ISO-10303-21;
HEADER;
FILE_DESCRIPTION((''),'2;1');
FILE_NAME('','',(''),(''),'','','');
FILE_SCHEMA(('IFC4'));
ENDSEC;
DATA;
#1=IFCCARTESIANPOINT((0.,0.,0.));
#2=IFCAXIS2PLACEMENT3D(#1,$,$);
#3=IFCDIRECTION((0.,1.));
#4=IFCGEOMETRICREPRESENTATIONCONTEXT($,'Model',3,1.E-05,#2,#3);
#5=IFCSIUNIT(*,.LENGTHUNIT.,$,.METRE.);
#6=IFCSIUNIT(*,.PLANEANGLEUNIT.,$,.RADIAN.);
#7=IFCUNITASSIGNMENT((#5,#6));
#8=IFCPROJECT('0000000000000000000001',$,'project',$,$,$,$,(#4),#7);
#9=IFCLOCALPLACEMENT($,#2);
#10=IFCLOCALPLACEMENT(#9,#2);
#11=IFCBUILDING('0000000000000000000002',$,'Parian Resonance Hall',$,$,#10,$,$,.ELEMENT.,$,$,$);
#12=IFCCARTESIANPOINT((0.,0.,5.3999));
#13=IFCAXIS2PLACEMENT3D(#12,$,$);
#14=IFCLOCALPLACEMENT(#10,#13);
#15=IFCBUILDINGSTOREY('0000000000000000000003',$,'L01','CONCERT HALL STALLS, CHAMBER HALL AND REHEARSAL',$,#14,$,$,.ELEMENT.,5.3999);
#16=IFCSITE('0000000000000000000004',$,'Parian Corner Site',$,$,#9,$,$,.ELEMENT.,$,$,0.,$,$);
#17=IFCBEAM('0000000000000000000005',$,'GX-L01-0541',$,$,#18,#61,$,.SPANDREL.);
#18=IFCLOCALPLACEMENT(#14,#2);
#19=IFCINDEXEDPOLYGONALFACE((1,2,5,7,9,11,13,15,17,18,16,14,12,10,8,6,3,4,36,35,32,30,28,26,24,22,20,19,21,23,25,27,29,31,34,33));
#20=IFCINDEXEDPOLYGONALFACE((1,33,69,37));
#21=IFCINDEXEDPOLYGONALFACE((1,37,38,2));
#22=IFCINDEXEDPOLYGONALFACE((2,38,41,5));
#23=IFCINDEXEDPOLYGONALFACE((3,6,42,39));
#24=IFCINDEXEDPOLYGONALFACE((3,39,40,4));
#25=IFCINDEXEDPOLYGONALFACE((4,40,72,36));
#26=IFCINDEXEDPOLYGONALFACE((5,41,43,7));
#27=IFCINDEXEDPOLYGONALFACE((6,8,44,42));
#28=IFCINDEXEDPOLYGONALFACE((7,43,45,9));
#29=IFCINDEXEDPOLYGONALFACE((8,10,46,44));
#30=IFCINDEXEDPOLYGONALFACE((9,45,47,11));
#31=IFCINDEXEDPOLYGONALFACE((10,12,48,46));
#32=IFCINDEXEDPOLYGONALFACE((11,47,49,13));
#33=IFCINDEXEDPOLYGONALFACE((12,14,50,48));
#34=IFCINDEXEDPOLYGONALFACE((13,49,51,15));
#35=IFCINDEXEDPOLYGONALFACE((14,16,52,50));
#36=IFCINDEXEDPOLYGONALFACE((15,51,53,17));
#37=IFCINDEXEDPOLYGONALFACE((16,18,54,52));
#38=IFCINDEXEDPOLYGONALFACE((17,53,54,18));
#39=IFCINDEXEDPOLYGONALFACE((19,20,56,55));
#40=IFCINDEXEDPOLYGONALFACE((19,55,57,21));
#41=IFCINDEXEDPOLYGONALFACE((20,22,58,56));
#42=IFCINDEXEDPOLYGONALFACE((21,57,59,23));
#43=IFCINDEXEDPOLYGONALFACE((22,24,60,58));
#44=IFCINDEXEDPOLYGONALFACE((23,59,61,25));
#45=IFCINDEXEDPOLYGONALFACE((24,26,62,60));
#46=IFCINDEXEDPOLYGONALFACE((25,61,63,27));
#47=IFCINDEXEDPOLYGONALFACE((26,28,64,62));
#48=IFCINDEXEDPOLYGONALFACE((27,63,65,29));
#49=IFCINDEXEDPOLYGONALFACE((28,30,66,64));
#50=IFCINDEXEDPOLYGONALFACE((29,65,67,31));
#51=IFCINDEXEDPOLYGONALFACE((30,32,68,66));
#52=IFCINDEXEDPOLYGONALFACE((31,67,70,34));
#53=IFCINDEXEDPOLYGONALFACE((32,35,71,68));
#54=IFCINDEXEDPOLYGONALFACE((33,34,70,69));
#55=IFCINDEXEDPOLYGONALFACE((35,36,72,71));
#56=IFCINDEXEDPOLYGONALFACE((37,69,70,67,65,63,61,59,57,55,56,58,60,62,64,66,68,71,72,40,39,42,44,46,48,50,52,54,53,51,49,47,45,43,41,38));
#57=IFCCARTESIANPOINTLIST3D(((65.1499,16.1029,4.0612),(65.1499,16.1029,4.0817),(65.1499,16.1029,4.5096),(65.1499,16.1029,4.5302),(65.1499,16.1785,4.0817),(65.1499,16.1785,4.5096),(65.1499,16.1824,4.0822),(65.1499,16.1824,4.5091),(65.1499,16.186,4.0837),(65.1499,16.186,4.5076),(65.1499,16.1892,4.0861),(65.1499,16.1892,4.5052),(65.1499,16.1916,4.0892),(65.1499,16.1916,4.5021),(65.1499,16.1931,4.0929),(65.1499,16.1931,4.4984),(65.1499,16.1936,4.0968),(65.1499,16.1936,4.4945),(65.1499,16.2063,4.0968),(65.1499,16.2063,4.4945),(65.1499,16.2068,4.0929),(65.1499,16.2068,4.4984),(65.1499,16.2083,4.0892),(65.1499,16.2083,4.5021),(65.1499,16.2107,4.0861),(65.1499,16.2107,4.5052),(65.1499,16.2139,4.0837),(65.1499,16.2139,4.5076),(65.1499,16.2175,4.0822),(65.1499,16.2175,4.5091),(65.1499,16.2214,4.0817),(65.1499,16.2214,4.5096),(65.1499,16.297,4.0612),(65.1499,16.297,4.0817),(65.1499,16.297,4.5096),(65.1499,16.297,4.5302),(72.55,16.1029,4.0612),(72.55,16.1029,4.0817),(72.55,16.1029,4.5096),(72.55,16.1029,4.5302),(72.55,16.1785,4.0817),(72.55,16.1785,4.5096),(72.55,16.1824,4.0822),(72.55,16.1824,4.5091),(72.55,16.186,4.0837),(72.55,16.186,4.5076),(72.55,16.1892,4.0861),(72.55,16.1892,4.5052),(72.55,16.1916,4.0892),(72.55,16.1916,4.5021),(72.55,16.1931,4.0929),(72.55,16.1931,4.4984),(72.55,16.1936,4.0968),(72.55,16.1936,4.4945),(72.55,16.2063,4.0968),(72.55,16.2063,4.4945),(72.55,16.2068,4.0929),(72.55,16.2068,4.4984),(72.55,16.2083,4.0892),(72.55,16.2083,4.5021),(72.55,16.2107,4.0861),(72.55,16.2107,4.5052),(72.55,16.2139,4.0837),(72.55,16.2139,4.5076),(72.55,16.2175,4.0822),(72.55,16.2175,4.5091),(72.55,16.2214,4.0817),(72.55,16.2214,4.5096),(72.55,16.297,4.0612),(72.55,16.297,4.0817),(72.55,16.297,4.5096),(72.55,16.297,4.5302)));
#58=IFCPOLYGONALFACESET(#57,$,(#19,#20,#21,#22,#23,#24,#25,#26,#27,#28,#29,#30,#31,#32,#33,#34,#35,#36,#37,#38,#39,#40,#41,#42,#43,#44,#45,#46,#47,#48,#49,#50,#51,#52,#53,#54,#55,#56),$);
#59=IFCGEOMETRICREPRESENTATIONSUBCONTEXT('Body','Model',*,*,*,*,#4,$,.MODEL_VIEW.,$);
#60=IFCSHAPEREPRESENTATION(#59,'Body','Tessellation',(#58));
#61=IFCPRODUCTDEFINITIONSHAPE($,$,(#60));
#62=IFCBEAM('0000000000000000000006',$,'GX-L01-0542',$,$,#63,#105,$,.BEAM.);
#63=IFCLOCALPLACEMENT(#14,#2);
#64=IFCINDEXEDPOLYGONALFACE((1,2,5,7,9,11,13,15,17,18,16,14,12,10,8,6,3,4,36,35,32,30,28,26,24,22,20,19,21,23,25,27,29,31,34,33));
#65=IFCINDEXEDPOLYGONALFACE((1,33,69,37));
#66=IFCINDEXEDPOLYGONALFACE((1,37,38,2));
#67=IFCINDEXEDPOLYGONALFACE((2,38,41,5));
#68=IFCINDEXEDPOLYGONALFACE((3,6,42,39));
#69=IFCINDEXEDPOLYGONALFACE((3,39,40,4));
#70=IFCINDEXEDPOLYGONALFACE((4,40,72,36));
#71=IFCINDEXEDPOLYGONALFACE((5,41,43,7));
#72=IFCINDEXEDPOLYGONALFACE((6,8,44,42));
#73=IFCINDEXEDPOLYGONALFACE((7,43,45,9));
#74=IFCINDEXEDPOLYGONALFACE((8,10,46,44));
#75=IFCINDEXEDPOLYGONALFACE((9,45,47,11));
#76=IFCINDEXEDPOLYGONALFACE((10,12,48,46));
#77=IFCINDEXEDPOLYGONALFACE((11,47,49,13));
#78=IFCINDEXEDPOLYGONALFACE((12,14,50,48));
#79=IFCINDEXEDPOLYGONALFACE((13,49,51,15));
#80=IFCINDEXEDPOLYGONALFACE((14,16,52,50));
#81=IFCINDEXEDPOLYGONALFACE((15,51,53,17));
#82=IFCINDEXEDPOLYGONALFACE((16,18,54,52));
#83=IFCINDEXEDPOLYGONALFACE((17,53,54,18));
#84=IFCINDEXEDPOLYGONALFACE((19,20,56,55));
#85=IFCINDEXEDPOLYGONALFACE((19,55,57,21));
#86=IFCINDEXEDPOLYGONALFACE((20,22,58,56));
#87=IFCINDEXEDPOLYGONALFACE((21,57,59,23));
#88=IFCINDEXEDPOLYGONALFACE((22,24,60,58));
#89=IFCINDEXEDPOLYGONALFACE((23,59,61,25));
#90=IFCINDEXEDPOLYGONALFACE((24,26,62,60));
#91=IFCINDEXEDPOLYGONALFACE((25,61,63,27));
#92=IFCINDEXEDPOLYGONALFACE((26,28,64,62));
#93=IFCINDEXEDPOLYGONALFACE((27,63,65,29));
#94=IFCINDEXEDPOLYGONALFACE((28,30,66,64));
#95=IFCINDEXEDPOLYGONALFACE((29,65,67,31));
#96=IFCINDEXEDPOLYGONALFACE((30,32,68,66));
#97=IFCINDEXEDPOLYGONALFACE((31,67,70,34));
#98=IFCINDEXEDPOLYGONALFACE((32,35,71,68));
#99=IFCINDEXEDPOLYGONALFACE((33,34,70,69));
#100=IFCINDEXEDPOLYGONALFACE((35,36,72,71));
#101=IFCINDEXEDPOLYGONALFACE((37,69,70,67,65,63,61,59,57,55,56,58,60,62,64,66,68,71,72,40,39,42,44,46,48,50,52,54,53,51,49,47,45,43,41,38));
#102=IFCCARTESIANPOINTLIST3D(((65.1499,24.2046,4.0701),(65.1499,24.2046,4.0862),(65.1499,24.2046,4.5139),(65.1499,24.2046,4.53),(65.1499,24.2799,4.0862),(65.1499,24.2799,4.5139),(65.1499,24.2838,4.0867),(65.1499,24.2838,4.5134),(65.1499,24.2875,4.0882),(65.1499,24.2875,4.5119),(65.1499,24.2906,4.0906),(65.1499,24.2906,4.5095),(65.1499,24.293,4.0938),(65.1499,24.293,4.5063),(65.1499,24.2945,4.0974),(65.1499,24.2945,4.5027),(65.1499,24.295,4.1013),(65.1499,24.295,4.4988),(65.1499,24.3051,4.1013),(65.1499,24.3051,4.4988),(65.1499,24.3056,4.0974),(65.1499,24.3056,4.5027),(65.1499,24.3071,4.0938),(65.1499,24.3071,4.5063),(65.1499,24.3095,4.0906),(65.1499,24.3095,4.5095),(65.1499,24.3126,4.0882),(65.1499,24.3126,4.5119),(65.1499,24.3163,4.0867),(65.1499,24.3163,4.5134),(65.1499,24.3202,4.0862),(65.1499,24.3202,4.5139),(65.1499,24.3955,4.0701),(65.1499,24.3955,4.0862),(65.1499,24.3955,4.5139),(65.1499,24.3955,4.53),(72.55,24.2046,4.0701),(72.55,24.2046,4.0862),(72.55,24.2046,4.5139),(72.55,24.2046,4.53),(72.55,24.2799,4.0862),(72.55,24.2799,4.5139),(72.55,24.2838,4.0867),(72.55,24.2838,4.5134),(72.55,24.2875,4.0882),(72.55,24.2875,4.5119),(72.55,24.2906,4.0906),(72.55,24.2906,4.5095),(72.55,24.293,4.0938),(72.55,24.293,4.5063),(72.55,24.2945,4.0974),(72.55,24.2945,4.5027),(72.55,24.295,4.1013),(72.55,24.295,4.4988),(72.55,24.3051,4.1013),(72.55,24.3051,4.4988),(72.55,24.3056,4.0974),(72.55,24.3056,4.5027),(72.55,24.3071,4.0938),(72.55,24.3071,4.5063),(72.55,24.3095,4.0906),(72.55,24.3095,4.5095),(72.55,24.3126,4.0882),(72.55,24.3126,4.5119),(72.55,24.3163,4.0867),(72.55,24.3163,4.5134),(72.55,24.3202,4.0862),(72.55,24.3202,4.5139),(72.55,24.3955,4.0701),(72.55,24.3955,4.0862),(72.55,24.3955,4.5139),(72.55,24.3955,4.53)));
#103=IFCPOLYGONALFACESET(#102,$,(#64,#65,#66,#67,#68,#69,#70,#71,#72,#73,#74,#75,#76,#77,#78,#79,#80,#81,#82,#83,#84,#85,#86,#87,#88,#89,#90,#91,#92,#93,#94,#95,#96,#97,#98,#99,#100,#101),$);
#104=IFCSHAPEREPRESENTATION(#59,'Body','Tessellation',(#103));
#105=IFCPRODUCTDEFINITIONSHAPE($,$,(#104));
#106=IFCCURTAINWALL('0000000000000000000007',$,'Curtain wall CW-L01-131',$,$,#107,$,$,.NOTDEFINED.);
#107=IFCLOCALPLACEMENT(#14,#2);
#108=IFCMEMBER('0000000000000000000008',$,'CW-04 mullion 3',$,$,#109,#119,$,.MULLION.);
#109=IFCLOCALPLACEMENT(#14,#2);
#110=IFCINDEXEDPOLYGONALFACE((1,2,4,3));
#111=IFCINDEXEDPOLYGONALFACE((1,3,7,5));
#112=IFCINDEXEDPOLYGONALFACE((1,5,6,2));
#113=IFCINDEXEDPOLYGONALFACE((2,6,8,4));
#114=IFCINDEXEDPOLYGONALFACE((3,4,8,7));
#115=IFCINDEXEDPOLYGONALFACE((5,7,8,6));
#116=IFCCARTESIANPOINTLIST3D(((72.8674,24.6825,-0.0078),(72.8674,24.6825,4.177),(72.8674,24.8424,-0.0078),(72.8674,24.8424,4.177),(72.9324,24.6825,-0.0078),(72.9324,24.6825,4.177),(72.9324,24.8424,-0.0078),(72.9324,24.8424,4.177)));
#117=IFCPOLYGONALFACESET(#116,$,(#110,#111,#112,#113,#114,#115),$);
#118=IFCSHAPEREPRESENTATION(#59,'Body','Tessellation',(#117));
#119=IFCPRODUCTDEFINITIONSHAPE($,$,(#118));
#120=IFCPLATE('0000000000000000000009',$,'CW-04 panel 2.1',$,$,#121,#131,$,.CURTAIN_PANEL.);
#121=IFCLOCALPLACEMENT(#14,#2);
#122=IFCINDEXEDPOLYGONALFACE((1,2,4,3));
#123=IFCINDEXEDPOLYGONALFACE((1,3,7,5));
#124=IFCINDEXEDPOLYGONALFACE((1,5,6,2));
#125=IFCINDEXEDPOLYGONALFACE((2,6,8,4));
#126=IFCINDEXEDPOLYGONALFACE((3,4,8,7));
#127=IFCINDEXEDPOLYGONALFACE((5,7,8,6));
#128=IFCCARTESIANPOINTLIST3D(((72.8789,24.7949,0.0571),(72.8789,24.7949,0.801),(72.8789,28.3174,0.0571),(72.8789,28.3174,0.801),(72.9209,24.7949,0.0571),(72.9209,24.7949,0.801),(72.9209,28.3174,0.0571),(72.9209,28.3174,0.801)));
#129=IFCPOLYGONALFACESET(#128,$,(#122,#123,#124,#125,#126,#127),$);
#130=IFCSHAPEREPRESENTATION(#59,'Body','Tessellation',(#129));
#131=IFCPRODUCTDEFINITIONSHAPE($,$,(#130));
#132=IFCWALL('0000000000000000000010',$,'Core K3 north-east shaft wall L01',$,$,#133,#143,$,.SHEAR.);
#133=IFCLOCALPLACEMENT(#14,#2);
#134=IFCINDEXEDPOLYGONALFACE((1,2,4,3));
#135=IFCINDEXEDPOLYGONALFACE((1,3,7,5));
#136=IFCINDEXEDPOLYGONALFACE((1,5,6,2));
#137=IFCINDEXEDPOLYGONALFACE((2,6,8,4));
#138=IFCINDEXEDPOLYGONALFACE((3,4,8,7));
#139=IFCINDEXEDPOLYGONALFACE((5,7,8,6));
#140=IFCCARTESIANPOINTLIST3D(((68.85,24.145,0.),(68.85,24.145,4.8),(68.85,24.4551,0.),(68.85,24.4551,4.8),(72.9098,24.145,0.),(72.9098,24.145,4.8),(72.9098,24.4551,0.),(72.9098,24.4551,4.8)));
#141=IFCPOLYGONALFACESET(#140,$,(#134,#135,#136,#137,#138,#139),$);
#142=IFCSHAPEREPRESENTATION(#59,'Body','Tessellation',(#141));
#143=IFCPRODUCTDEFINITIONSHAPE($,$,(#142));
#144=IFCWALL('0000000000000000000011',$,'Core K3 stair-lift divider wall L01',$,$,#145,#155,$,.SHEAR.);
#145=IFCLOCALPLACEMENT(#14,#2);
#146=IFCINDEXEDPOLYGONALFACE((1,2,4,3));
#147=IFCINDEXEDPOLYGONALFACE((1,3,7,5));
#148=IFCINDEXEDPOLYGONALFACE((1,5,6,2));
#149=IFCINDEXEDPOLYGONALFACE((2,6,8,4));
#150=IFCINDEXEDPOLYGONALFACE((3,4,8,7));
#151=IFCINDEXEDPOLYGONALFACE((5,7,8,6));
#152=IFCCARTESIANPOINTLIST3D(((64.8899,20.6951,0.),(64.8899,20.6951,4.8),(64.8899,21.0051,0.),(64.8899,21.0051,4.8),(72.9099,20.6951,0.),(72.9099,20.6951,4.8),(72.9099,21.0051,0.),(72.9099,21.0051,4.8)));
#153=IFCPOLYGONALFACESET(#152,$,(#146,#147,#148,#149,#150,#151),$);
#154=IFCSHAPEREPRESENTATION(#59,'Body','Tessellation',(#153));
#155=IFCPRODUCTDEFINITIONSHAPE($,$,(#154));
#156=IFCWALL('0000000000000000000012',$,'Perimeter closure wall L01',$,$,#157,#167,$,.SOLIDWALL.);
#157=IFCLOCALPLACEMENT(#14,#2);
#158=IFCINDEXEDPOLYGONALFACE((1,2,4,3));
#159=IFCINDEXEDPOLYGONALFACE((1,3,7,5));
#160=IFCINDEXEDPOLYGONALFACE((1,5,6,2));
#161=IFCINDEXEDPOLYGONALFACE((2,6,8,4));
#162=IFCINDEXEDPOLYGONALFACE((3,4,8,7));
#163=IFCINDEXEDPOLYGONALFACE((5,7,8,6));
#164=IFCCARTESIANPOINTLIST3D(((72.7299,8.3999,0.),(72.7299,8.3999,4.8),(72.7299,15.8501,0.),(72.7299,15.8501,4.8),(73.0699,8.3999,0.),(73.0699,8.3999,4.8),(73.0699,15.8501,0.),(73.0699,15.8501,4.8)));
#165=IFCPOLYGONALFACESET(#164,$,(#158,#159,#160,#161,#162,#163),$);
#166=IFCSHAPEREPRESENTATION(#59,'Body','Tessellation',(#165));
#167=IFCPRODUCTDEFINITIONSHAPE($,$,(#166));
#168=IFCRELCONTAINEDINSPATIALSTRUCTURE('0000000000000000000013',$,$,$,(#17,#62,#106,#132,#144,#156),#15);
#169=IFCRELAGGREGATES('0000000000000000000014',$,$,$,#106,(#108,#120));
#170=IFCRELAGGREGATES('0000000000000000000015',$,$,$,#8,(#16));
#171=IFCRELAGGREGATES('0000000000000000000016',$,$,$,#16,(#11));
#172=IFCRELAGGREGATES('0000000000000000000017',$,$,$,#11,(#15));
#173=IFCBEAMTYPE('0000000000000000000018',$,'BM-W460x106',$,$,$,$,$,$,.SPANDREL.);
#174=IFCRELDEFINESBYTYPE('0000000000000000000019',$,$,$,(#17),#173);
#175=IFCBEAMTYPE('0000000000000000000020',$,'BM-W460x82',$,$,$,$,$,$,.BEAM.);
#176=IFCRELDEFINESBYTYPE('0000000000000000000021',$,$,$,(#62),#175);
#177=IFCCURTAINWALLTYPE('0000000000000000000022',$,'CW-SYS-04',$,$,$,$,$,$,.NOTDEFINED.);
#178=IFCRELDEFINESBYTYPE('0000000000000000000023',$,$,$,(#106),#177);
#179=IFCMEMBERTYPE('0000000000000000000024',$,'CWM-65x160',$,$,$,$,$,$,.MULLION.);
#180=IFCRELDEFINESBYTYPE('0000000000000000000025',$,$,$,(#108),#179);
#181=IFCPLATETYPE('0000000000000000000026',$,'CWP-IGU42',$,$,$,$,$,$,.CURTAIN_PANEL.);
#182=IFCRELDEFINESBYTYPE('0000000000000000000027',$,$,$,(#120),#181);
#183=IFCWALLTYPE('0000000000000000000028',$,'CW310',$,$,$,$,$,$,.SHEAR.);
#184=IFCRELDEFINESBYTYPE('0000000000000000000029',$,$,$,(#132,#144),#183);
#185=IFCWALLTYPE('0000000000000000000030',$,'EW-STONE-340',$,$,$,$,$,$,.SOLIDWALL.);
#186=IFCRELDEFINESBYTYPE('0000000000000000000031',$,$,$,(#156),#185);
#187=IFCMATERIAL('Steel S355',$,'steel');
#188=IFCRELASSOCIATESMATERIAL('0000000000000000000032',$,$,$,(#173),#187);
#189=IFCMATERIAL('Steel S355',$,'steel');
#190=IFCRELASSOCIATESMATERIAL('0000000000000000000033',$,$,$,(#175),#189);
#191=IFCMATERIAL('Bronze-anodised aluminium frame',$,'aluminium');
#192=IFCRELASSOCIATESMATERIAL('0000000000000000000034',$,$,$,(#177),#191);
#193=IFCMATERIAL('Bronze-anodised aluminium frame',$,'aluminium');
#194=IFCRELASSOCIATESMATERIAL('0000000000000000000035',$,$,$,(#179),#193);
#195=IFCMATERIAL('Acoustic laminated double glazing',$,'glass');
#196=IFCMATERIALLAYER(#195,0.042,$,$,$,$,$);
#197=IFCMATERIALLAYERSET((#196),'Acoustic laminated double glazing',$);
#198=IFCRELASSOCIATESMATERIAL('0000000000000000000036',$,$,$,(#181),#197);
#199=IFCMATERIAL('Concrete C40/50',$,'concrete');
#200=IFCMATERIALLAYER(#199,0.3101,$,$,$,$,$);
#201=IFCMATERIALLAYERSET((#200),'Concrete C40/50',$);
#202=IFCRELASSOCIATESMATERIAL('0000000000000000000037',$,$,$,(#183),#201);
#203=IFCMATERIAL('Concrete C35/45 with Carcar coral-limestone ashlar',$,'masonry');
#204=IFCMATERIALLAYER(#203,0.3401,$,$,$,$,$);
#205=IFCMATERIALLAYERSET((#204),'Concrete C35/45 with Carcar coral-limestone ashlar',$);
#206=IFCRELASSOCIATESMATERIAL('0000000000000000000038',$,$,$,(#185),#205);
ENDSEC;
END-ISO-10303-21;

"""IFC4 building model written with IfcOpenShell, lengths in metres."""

from ifc_helpers import new_model, si_unit, direction, frame, frame_2d, origin, origin_2d, place, context, subcontext, project, spatial, rectangle, i_section, extrude, material, layer, layer_set, material_profile, profile_set, type_object, element, aggregate, save


model = new_model("IFC4")

# Units and contexts
model_context = context("Model", 3, precision=1e-05, world=origin(), true_north=direction((0.0, 1.0)))
body_context = subcontext(model_context, "Body", "Model", "MODEL_VIEW")
ifc_project = project(units=[si_unit("LENGTHUNIT", "METRE"), si_unit("PLANEANGLEUNIT", "RADIAN")], contexts=[model_context])

# Site, building, storey
site_placement = place(None, origin())
site = spatial("IfcSite", under=ifc_project, at=site_placement, Name="Parian Corner Site", CompositionType="ELEMENT", RefElevation=0.0)
building_placement = place(site_placement, origin())
building = spatial("IfcBuilding", under=site, at=building_placement, Name="Parian Resonance Hall", CompositionType="ELEMENT")
storey_placement = place(building_placement, frame((0.0, 0.0, 5.3999)))
storey = spatial("IfcBuildingStorey", under=building, at=storey_placement, Name="L01", Description="CONCERT HALL STALLS, CHAMBER HALL AND REHEARSAL", CompositionType="ELEMENT", Elevation=5.3999)

# Beams
ifc_material_1 = material(Name="Steel S355", Category="steel")
ifc_material_profile_1 = material_profile(ifc_material_1, i_section(OverallWidth=0.1941, OverallDepth=0.469, WebThickness=0.0127, FlangeThickness=0.0205, FilletRadius=0.0151, at=origin_2d()), Name="W460x106")
ifc_profile_set_1 = profile_set([ifc_material_profile_1], Name="Steel S355")
beam_type_1 = type_object("IfcBeamType", Name="BM-W460x106", PredefinedType="SPANDREL", material=ifc_profile_set_1)
beam_1_placement = place(storey_placement, frame((65.1499, 16.2, 4.2957), z_axis=(1.0, 0.0, 0.0), x_axis=(0.0, 1.0, 0.0)))
element("IfcBeam", 1, at=beam_1_placement, inside=storey, type_object=beam_type_1, Name="GX-L01-0541", PredefinedType="SPANDREL", context=body_context, shape_type="SweptSolid", body=[
    extrude(i_section(OverallWidth=0.1941, OverallDepth=0.469, WebThickness=0.0127, FlangeThickness=0.0205, FilletRadius=0.0151, at=origin_2d()), origin(), (0.0, 0.0, 1.0), 7.4001),
])
ifc_material_2 = material(Name="Steel S355", Category="steel")
ifc_material_profile_2 = material_profile(ifc_material_2, i_section(OverallWidth=0.1909, OverallDepth=0.46, WebThickness=0.01, FlangeThickness=0.0161, FilletRadius=0.0151, at=origin_2d()), Name="W460x82")
ifc_profile_set_2 = profile_set([ifc_material_profile_2], Name="Steel S355")
beam_type_2 = type_object("IfcBeamType", Name="BM-W460x82", PredefinedType="BEAM", material=ifc_profile_set_2)
beam_2_placement = place(storey_placement, frame((65.1499, 24.3, 4.3), z_axis=(1.0, 0.0, 0.0), x_axis=(0.0, 1.0, 0.0)))
element("IfcBeam", 2, at=beam_2_placement, inside=storey, type_object=beam_type_2, Name="GX-L01-0542", PredefinedType="BEAM", context=body_context, shape_type="SweptSolid", body=[
    extrude(i_section(OverallWidth=0.1909, OverallDepth=0.46, WebThickness=0.01, FlangeThickness=0.0161, FilletRadius=0.0151, at=origin_2d()), origin(), (0.0, 0.0, 1.0), 7.4001),
])

# Curtain wall, member, plate
ifc_material_3 = material(Name="Bronze-anodised aluminium frame", Category="aluminium")
curtain_wall_type = type_object("IfcCurtainWallType", Name="CW-SYS-04", PredefinedType="NOTDEFINED", material=ifc_material_3)
curtain_wall_placement = place(storey_placement, origin())
curtain_wall = element("IfcCurtainWall", 3, at=curtain_wall_placement, inside=storey, type_object=curtain_wall_type, Name="Curtain wall CW-L01-131", PredefinedType="NOTDEFINED")
ifc_material_4 = material(Name="Bronze-anodised aluminium frame", Category="aluminium")
ifc_material_profile_3 = material_profile(ifc_material_4, rectangle(XDim=0.0649, YDim=0.1599, at=origin_2d()), Name="CWM-65x160")
ifc_profile_set_3 = profile_set([ifc_material_profile_3], Name="Bronze-anodised aluminium frame")
member_type = type_object("IfcMemberType", Name="CWM-65x160", PredefinedType="MULLION", material=ifc_profile_set_3)
member_placement = place(storey_placement, frame((72.8999, 24.7625, -0.0078), z_axis=(0.0, 0.0, 1.0), x_axis=(1.0, 0.0, 0.0)))
member = element("IfcMember", 4, at=member_placement, type_object=member_type, Name="CW-04 mullion 3", PredefinedType="MULLION", context=body_context, shape_type="SweptSolid", body=[
    extrude(rectangle(XDim=0.0649, YDim=0.1599, at=origin_2d()), origin(), (0.0, 0.0, 1.0), 4.1848),
])
ifc_material_5 = material(Name="Acoustic laminated double glazing", Category="glass")
ifc_layer_1 = layer(ifc_material_5, 0.042)
ifc_layer_set_1 = layer_set([ifc_layer_1], Name="Acoustic laminated double glazing")
plate_type = type_object("IfcPlateType", Name="CWP-IGU42", PredefinedType="CURTAIN_PANEL", material=ifc_layer_set_1)
plate_placement = place(storey_placement, frame((72.8999, 26.5562, 0.0571), z_axis=(0.0, 0.0, 1.0), x_axis=(0.0, -1.0, 0.0)))
plate = element("IfcPlate", 5, at=plate_placement, type_object=plate_type, Name="CW-04 panel 2.1", PredefinedType="CURTAIN_PANEL", context=body_context, shape_type="SweptSolid", body=[
    extrude(rectangle(XDim=3.5225, YDim=0.042, at=origin_2d()), origin(), (0.0, 0.0, 1.0), 0.7439),
])
aggregate(curtain_wall, [member, plate])

# Walls
ifc_material_6 = material(Name="Concrete C40/50", Category="concrete")
ifc_layer_2 = layer(ifc_material_6, 0.3101)
ifc_layer_set_2 = layer_set([ifc_layer_2], Name="Concrete C40/50")
wall_type_1 = type_object("IfcWallType", Name="CW310", PredefinedType="SHEAR", material=ifc_layer_set_2)
wall_1_placement = place(storey_placement, frame((68.8501, 24.3, 0.0), z_axis=(0.0, 0.0, 1.0), x_axis=(1.0, 0.0, 0.0)))
element("IfcWall", 6, at=wall_1_placement, inside=storey, type_object=wall_type_1, Name="Core K3 north-east shaft wall L01", PredefinedType="SHEAR", context=body_context, shape_type="SweptSolid", body=[
    extrude(rectangle(XDim=4.0598, YDim=0.3101, at=frame_2d((2.0298, 0.0))), origin(), (0.0, 0.0, 1.0), 4.8),
])
wall_2_placement = place(storey_placement, frame((64.8899, 20.8501, 0.0), z_axis=(0.0, 0.0, 1.0), x_axis=(1.0, 0.0, 0.0)))
element("IfcWall", 7, at=wall_2_placement, inside=storey, type_object=wall_type_1, Name="Core K3 stair-lift divider wall L01", PredefinedType="SHEAR", context=body_context, shape_type="SweptSolid", body=[
    extrude(rectangle(XDim=8.02, YDim=0.3101, at=frame_2d((4.01, 0.0))), origin(), (0.0, 0.0, 1.0), 4.8),
])
ifc_material_7 = material(Name="Concrete C35/45 with Carcar coral-limestone ashlar", Category="masonry")
ifc_layer_3 = layer(ifc_material_7, 0.3401)
ifc_layer_set_3 = layer_set([ifc_layer_3], Name="Concrete C35/45 with Carcar coral-limestone ashlar")
wall_type_2 = type_object("IfcWallType", Name="EW-STONE-340", PredefinedType="SOLIDWALL", material=ifc_layer_set_3)
wall_3_placement = place(storey_placement, frame((72.8999, 15.8501, 0.0), z_axis=(0.0, 0.0, 1.0), x_axis=(0.0, -1.0, 0.0)))
element("IfcWall", 8, at=wall_3_placement, inside=storey, type_object=wall_type_2, Name="Perimeter closure wall L01", PredefinedType="SOLIDWALL", context=body_context, shape_type="SweptSolid", body=[
    extrude(rectangle(XDim=7.4502, YDim=0.3401, at=frame_2d((3.7251, 0.0))), origin(), (0.0, 0.0, 1.0), 4.8),
])

save(model, "model.ifc")
